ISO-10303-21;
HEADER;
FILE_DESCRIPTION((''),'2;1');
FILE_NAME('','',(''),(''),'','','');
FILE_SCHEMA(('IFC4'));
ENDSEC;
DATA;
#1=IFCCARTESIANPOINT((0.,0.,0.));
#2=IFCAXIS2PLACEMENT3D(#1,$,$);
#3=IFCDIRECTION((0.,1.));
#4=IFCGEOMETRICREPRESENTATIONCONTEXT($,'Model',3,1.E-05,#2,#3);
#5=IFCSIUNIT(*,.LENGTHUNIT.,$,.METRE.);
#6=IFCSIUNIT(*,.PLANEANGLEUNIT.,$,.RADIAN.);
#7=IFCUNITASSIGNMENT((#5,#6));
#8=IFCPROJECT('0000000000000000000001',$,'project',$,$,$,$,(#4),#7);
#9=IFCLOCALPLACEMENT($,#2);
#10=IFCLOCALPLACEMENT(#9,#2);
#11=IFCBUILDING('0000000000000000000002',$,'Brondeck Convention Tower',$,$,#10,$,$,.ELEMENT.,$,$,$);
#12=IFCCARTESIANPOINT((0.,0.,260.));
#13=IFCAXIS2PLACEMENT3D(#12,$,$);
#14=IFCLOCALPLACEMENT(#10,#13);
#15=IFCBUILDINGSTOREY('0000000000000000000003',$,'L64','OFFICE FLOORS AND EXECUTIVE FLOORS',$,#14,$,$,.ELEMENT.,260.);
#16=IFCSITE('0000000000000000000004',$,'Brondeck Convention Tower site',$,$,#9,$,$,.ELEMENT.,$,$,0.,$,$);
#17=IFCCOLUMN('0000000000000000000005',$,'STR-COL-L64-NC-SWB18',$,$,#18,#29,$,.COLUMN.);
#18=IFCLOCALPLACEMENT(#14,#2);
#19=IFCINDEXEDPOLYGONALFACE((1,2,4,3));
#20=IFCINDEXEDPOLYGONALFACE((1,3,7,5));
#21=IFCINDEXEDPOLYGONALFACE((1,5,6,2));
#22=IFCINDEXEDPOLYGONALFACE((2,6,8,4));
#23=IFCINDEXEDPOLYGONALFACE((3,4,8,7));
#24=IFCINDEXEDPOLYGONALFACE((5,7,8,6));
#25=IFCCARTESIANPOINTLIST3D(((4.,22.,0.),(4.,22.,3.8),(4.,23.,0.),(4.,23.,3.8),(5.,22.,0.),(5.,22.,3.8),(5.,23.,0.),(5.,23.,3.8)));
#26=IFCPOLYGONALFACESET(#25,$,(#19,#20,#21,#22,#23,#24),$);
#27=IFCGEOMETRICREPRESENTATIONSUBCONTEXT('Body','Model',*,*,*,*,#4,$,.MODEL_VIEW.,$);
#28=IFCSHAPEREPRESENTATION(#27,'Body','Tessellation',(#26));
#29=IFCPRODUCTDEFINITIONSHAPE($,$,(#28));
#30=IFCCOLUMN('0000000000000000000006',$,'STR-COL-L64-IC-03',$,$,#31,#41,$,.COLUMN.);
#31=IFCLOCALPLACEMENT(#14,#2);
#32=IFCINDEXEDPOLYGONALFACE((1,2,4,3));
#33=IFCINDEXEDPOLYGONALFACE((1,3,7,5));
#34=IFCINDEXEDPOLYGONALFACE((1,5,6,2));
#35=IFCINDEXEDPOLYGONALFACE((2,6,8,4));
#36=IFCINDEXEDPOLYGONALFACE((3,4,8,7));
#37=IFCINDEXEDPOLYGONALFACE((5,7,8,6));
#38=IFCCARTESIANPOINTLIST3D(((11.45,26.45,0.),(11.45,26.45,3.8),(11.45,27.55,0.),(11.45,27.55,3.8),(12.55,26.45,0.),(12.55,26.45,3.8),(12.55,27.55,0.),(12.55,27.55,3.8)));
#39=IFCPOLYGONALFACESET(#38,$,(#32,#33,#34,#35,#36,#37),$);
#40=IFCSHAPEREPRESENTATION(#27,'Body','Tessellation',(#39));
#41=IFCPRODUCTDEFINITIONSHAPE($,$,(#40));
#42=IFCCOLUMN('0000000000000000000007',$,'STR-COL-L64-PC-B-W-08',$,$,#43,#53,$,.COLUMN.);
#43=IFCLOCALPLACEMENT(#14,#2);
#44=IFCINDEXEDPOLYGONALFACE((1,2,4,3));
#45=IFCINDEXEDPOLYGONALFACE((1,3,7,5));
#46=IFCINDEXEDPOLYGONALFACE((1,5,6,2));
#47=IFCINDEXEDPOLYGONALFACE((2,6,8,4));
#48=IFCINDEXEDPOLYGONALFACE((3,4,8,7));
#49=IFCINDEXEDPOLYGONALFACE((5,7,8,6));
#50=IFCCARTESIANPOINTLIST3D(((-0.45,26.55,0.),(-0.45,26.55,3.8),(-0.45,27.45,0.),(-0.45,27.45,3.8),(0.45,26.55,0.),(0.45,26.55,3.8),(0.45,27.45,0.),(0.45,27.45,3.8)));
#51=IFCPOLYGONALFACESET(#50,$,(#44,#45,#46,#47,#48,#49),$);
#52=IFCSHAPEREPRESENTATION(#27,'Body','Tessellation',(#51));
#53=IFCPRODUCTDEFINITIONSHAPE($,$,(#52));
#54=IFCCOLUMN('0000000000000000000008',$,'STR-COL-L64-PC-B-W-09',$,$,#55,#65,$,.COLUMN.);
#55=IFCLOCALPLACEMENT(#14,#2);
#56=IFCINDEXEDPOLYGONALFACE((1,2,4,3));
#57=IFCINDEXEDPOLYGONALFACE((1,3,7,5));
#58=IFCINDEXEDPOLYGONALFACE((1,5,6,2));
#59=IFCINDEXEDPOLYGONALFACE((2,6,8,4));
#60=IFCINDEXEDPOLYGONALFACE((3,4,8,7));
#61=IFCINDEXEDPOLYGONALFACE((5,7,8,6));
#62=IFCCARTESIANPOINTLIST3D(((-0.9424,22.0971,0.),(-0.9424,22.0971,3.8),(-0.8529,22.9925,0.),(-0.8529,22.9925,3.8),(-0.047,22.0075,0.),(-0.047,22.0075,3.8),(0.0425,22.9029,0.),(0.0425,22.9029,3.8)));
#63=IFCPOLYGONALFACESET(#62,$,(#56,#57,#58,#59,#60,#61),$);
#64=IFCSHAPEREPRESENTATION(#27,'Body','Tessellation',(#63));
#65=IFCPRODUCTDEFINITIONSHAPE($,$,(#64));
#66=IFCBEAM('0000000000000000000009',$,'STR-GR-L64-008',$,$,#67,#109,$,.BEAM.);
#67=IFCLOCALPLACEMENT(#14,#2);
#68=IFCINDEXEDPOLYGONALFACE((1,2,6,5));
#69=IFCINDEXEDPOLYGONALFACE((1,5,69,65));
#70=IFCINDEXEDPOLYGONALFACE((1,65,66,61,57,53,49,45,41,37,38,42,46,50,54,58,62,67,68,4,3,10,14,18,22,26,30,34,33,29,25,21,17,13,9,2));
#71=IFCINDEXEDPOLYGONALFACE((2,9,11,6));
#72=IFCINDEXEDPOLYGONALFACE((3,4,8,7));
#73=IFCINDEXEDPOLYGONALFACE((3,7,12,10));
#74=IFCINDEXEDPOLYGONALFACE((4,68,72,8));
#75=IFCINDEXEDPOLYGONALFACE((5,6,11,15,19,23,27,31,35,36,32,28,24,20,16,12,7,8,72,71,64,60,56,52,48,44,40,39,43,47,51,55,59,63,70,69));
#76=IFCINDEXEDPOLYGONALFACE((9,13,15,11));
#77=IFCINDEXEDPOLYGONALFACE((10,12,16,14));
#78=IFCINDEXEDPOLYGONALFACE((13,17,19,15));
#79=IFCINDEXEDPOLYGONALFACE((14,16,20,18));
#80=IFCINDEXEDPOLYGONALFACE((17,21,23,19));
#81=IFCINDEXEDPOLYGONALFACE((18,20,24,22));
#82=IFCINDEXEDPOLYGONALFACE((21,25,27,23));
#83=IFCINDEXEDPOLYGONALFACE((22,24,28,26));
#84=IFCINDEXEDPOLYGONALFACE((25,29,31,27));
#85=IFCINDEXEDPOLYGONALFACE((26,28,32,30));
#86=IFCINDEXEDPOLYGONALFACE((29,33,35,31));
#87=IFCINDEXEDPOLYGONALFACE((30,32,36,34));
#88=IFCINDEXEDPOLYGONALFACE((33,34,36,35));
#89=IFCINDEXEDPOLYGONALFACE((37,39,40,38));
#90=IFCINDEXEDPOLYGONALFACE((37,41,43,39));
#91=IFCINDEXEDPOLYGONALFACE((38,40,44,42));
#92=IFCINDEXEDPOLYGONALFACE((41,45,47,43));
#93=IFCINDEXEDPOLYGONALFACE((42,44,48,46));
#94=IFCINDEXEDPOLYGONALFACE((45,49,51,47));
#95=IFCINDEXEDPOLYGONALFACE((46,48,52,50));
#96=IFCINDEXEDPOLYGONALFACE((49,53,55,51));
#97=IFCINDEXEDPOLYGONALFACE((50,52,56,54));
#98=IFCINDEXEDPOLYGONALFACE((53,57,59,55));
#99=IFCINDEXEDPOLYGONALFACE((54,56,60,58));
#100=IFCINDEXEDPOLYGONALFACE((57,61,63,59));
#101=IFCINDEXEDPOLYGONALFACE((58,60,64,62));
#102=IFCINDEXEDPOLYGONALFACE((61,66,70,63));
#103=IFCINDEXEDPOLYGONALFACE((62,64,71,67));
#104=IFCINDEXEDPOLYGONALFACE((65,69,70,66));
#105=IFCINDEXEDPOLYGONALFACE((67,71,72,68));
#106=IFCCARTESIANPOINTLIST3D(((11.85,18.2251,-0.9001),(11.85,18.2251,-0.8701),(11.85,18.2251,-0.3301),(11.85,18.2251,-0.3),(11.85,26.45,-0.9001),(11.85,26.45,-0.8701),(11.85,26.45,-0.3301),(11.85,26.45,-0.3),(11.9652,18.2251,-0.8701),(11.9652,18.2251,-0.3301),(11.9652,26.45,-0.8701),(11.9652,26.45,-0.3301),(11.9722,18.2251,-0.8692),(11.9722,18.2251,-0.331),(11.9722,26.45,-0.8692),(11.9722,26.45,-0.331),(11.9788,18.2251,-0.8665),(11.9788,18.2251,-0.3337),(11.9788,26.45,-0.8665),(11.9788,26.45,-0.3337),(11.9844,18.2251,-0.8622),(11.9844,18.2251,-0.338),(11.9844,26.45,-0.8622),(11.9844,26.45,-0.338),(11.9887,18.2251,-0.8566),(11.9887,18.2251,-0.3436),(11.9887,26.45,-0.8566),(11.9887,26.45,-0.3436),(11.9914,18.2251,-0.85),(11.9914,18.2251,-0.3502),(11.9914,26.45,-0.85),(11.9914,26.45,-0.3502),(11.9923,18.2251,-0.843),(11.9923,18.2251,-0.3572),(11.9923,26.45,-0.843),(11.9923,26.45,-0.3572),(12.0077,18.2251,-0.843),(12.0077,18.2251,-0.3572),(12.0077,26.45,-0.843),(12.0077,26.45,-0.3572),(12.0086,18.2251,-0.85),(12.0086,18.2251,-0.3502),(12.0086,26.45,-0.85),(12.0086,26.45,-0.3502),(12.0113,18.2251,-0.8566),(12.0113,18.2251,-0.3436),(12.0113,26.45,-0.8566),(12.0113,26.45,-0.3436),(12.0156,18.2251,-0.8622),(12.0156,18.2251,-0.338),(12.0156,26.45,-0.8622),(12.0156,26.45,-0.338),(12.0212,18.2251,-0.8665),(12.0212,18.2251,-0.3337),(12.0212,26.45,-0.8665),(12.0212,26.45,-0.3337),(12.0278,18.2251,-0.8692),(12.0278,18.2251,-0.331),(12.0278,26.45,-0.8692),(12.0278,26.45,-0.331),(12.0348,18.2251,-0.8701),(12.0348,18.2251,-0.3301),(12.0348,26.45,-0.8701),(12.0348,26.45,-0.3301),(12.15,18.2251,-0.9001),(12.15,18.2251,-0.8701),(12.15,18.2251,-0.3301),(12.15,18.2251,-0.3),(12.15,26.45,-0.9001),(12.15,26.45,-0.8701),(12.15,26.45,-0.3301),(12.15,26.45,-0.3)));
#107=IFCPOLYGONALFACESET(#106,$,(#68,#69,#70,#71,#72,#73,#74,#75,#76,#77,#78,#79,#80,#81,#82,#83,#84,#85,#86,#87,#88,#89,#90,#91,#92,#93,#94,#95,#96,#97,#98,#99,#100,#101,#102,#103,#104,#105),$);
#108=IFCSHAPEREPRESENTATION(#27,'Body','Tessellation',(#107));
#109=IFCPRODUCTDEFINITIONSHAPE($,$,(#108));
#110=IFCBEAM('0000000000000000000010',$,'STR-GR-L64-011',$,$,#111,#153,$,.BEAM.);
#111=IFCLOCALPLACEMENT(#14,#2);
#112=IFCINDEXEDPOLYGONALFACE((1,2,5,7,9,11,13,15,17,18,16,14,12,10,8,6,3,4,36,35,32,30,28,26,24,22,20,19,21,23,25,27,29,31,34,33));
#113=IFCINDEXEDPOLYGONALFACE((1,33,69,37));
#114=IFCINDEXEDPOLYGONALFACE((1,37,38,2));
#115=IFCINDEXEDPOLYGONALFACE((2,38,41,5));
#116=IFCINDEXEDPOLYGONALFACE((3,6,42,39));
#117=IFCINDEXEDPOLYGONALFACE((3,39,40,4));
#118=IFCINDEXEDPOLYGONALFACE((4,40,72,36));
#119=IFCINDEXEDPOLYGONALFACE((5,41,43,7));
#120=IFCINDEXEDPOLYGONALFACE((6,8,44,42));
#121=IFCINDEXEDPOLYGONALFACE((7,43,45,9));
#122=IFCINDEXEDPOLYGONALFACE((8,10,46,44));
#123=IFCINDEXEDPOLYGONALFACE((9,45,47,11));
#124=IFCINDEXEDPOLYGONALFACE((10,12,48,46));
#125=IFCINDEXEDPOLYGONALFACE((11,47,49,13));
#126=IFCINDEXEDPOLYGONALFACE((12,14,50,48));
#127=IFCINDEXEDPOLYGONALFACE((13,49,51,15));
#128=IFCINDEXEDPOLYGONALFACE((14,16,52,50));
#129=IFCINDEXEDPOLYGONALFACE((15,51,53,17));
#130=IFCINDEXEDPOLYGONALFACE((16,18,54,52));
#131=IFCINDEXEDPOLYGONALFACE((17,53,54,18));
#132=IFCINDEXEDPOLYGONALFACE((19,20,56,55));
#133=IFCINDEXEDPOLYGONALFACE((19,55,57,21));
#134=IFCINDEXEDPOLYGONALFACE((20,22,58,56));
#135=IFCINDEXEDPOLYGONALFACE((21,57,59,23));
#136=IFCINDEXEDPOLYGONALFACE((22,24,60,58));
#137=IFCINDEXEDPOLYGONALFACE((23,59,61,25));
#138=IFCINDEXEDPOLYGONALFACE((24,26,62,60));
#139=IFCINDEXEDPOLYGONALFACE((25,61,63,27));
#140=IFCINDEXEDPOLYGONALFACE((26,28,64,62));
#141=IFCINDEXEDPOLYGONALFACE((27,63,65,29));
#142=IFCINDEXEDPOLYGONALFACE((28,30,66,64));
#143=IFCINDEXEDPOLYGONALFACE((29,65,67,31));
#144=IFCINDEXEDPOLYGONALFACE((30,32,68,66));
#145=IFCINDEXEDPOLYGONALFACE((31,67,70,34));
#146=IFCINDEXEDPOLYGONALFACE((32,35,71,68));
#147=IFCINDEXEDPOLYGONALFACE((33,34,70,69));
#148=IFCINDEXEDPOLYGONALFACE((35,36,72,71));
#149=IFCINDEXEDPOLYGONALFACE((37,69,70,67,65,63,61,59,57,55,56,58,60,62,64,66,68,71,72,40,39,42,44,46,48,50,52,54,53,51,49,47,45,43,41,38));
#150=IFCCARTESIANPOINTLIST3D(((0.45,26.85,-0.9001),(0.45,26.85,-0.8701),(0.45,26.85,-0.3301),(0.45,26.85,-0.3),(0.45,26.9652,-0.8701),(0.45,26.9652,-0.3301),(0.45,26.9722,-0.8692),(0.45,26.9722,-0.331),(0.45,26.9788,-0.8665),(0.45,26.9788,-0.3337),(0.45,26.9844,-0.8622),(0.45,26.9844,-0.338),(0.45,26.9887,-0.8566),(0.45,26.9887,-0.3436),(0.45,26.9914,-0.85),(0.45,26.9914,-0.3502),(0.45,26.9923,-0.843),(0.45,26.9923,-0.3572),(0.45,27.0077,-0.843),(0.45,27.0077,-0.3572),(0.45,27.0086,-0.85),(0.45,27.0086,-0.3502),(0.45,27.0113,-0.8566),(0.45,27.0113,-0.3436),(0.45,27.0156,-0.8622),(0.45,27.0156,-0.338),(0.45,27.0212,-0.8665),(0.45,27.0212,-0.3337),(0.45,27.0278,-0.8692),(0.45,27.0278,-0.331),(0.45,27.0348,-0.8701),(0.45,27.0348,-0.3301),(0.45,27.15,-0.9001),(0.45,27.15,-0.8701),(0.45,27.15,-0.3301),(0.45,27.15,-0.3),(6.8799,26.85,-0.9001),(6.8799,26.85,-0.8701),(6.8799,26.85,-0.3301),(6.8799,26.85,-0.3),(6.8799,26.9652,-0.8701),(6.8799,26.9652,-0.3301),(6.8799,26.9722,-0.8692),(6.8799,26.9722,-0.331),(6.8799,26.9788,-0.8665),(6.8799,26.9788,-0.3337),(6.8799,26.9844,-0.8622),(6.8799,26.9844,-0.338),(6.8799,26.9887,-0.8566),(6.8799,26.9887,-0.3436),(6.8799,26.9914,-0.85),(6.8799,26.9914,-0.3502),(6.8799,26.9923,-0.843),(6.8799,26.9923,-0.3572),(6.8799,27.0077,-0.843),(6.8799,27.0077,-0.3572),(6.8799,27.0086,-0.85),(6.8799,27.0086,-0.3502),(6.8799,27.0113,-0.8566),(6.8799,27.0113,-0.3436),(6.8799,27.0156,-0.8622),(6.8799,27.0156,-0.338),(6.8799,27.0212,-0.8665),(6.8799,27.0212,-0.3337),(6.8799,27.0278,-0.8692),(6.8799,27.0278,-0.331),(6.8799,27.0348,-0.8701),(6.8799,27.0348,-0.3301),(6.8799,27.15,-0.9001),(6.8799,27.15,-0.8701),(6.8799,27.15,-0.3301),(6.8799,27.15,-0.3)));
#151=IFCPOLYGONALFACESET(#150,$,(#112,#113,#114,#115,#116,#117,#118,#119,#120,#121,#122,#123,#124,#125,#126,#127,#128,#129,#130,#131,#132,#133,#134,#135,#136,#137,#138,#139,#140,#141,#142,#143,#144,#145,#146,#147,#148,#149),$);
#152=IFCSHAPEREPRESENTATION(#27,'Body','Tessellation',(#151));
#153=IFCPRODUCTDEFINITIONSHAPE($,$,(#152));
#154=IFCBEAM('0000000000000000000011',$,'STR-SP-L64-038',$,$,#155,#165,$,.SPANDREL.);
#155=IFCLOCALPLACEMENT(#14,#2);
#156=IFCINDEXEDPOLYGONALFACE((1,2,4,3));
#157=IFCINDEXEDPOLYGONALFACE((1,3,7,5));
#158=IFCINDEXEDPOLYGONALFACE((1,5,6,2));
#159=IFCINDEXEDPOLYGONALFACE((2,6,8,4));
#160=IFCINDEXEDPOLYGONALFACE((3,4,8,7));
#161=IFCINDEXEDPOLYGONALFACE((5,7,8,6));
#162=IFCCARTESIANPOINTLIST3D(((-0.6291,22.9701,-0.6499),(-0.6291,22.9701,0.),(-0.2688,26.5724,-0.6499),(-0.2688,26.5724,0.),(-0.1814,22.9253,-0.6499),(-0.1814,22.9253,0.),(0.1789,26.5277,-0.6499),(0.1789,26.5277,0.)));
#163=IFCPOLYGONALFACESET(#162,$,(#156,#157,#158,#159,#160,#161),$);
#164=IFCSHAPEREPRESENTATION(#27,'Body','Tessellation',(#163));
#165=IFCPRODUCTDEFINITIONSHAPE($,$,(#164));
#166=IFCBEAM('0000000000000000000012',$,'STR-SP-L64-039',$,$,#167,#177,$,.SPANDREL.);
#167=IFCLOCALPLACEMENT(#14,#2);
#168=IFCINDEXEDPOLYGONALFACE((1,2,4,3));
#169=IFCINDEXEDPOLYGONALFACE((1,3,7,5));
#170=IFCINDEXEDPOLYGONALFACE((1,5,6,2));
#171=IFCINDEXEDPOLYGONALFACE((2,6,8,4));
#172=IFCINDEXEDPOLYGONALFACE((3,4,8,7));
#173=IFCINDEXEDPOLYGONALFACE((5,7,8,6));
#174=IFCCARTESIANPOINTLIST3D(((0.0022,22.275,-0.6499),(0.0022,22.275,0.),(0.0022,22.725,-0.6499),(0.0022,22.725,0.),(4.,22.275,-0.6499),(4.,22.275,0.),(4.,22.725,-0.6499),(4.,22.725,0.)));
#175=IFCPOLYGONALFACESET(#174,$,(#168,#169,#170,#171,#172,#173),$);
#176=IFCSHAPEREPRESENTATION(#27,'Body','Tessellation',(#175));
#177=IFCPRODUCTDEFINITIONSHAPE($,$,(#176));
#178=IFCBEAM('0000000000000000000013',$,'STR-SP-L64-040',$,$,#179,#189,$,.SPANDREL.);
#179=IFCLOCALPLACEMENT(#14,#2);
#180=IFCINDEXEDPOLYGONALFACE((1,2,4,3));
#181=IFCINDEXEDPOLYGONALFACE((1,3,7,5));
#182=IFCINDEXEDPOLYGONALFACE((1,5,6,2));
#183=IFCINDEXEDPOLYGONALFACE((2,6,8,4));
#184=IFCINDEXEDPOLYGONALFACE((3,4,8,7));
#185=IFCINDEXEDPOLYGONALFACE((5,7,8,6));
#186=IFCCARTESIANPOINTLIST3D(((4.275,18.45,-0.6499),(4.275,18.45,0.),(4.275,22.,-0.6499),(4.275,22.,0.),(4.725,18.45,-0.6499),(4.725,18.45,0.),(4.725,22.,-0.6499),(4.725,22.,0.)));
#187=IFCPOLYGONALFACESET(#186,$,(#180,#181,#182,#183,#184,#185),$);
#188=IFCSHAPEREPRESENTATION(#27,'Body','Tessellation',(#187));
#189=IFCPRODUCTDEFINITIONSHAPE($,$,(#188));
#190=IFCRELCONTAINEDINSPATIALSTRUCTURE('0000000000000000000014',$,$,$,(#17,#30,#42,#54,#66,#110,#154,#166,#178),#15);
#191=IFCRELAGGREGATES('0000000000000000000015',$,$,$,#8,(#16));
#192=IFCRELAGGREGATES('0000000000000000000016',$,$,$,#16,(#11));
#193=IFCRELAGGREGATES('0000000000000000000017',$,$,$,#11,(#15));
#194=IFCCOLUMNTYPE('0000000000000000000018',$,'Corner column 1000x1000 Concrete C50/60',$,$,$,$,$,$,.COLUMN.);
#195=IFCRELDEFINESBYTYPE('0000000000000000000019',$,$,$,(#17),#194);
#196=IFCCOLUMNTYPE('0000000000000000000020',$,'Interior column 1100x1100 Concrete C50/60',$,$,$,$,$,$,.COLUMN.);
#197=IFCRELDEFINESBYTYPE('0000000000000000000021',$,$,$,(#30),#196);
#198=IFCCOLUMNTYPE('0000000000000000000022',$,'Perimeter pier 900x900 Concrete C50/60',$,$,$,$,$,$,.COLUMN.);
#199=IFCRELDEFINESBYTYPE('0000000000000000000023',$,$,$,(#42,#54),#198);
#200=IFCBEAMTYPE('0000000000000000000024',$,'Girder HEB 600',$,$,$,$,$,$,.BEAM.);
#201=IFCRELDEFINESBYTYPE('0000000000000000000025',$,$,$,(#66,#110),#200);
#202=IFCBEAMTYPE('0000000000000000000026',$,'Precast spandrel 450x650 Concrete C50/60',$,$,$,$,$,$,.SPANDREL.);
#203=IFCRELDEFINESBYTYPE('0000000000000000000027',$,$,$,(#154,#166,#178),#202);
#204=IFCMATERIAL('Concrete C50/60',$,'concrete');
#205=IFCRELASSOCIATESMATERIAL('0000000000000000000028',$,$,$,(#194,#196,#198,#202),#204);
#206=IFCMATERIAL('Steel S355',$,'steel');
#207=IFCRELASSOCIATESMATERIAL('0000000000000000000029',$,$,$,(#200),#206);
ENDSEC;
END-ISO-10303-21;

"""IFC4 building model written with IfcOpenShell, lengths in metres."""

from ifc_helpers import new_model, si_unit, direction, frame, origin, origin_2d, place, context, subcontext, project, spatial, rectangle, i_section, extrude, material, material_profile, profile_set, type_object, element, save


model = new_model("IFC4")

# Units and contexts
model_context = context("Model", 3, precision=1e-05, world=origin(), true_north=direction((0.0, 1.0)))
body_context = subcontext(model_context, "Body", "Model", "MODEL_VIEW")
ifc_project = project(units=[si_unit("LENGTHUNIT", "METRE"), si_unit("PLANEANGLEUNIT", "RADIAN")], contexts=[model_context])

# Site, building, storey
site_placement = place(None, origin())
site = spatial("IfcSite", under=ifc_project, at=site_placement, Name="Brondeck Convention Tower site", CompositionType="ELEMENT", RefElevation=0.0)
building_placement = place(site_placement, origin())
building = spatial("IfcBuilding", under=site, at=building_placement, Name="Brondeck Convention Tower", CompositionType="ELEMENT")
storey_placement = place(building_placement, frame((0.0, 0.0, 260.0)))
storey = spatial("IfcBuildingStorey", under=building, at=storey_placement, Name="L64", Description="OFFICE FLOORS AND EXECUTIVE FLOORS", CompositionType="ELEMENT", Elevation=260.0)

# Columns
ifc_material_1 = material(Name="Concrete C50/60", Category="concrete")
ifc_material_profile_1 = material_profile(ifc_material_1, rectangle(XDim=1.0, YDim=1.0, at=origin_2d()), Name="Corner column 1000x1000 Concrete C50/60")
ifc_profile_set_1 = profile_set([ifc_material_profile_1], Name="Concrete C50/60")
column_type_1 = type_object("IfcColumnType", Name="Corner column 1000x1000 Concrete C50/60", PredefinedType="COLUMN", material=ifc_profile_set_1)
column_1_placement = place(storey_placement, frame((4.5, 22.5, 0.0), z_axis=(0.0, 0.0, 1.0), x_axis=(1.0, 0.0, 0.0)))
element("IfcColumn", 1, at=column_1_placement, inside=storey, type_object=column_type_1, Name="STR-COL-L64-NC-SWB18", PredefinedType="COLUMN", context=body_context, shape_type="SweptSolid", body=[
    extrude(rectangle(XDim=1.0, YDim=1.0, at=origin_2d()), origin(), (0.0, 0.0, 1.0), 3.8),
])
ifc_material_profile_2 = material_profile(ifc_material_1, rectangle(XDim=1.1001, YDim=1.1001, at=origin_2d()), Name="Interior column 1100x1100 Concrete C50/60")
ifc_profile_set_2 = profile_set([ifc_material_profile_2], Name="Concrete C50/60")
column_type_2 = type_object("IfcColumnType", Name="Interior column 1100x1100 Concrete C50/60", PredefinedType="COLUMN", material=ifc_profile_set_2)
column_2_placement = place(storey_placement, frame((12.0, 27.0, 0.0), z_axis=(0.0, 0.0, 1.0), x_axis=(1.0, 0.0, 0.0)))
element("IfcColumn", 2, at=column_2_placement, inside=storey, type_object=column_type_2, Name="STR-COL-L64-IC-03", PredefinedType="COLUMN", context=body_context, shape_type="SweptSolid", body=[
    extrude(rectangle(XDim=1.1001, YDim=1.1001, at=origin_2d()), origin(), (0.0, 0.0, 1.0), 3.8),
])
ifc_material_profile_3 = material_profile(ifc_material_1, rectangle(XDim=0.8999, YDim=0.8999, at=origin_2d()), Name="Perimeter pier 900x900 Concrete C50/60")
ifc_profile_set_3 = profile_set([ifc_material_profile_3], Name="Concrete C50/60")
column_type_3 = type_object("IfcColumnType", Name="Perimeter pier 900x900 Concrete C50/60", PredefinedType="COLUMN", material=ifc_profile_set_3)
for number, where, z_axis, x_axis, name in (
    (3, (0.0, 27.0, 0.0), (0.0, 0.0, 1.0), (0.0, -1.0, 0.0), "STR-COL-L64-PC-B-W-08"),
    (4, (-0.45, 22.5, 0.0), (0.0, 0.0, 1.0), (-0.099504, -0.995037, 0.0), "STR-COL-L64-PC-B-W-09"),
):
    element("IfcColumn", number, at=place(storey_placement, frame(where, z_axis=z_axis, x_axis=x_axis)), inside=storey, type_object=column_type_3, Name=name, PredefinedType="COLUMN", context=body_context, shape_type="SweptSolid", body=[
        extrude(rectangle(XDim=0.8999, YDim=0.8999, at=origin_2d()), origin(), (0.0, 0.0, 1.0), 3.8),
    ])

# Beams
ifc_material_2 = material(Name="Steel S355", Category="steel")
ifc_material_profile_4 = material_profile(ifc_material_2, i_section(OverallWidth=0.3, OverallDepth=0.6001, WebThickness=0.0154, FlangeThickness=0.03, FilletRadius=0.0271, at=origin_2d()), Name="HEB 600")
ifc_profile_set_4 = profile_set([ifc_material_profile_4], Name="Steel S355")
beam_type_1 = type_object("IfcBeamType", Name="Girder HEB 600", PredefinedType="BEAM", material=ifc_profile_set_4)
beam_1_placement = place(storey_placement, frame((12.0, 26.45, -0.6001), z_axis=(0.0, -1.0, 0.0), x_axis=(1.0, 0.0, 0.0)))
element("IfcBeam", 5, at=beam_1_placement, inside=storey, type_object=beam_type_1, Name="STR-GR-L64-008", PredefinedType="BEAM", context=body_context, shape_type="SweptSolid", body=[
    extrude(i_section(OverallWidth=0.3, OverallDepth=0.6001, WebThickness=0.0154, FlangeThickness=0.03, FilletRadius=0.0271, at=origin_2d()), origin(), (0.0, 0.0, 1.0), 8.2249),
])
beam_2_placement = place(storey_placement, frame((0.45, 27.0, -0.6001), z_axis=(1.0, 0.0, 0.0), x_axis=(0.0, 1.0, 0.0)))
element("IfcBeam", 6, at=beam_2_placement, inside=storey, type_object=beam_type_1, Name="STR-GR-L64-011", PredefinedType="BEAM", context=body_context, shape_type="SweptSolid", body=[
    extrude(i_section(OverallWidth=0.3, OverallDepth=0.6001, WebThickness=0.0154, FlangeThickness=0.03, FilletRadius=0.0271, at=origin_2d()), origin(), (0.0, 0.0, 1.0), 6.4299),
])
ifc_material_profile_5 = material_profile(ifc_material_1, rectangle(XDim=0.45, YDim=0.6499, at=origin_2d()), Name="Precast spandrel 450x650 Concrete C50/60")
ifc_profile_set_5 = profile_set([ifc_material_profile_5], Name="Concrete C50/60")
beam_type_2 = type_object("IfcBeamType", Name="Precast spandrel 450x650 Concrete C50/60", PredefinedType="SPANDREL", material=ifc_profile_set_5)
beam_3_placement = place(storey_placement, frame((-0.0449, 26.55, -0.325), z_axis=(-0.099537, -0.995034, 0.0), x_axis=(0.995034, -0.099537, 0.0)))
element("IfcBeam", 7, at=beam_3_placement, inside=storey, type_object=beam_type_2, Name="STR-SP-L64-038", PredefinedType="SPANDREL", context=body_context, shape_type="SweptSolid", body=[
    extrude(rectangle(XDim=0.45, YDim=0.6499, at=origin_2d()), origin(), (0.0, 0.0, 1.0), 3.6204),
])
beam_4_placement = place(storey_placement, frame((0.0022, 22.5, -0.325), z_axis=(1.0, 0.0, 0.0), x_axis=(0.0, 1.0, 0.0)))
element("IfcBeam", 8, at=beam_4_placement, inside=storey, type_object=beam_type_2, Name="STR-SP-L64-039", PredefinedType="SPANDREL", context=body_context, shape_type="SweptSolid", body=[
    extrude(rectangle(XDim=0.45, YDim=0.6499, at=origin_2d()), origin(), (0.0, 0.0, 1.0), 3.9978),
])
beam_5_placement = place(storey_placement, frame((4.5, 22.0, -0.325), z_axis=(0.0, -1.0, 0.0), x_axis=(1.0, 0.0, 0.0)))
element("IfcBeam", 9, at=beam_5_placement, inside=storey, type_object=beam_type_2, Name="STR-SP-L64-040", PredefinedType="SPANDREL", context=body_context, shape_type="SweptSolid", body=[
    extrude(rectangle(XDim=0.45, YDim=0.6499, at=origin_2d()), origin(), (0.0, 0.0, 1.0), 3.55),
])

save(model, "model.ifc")
